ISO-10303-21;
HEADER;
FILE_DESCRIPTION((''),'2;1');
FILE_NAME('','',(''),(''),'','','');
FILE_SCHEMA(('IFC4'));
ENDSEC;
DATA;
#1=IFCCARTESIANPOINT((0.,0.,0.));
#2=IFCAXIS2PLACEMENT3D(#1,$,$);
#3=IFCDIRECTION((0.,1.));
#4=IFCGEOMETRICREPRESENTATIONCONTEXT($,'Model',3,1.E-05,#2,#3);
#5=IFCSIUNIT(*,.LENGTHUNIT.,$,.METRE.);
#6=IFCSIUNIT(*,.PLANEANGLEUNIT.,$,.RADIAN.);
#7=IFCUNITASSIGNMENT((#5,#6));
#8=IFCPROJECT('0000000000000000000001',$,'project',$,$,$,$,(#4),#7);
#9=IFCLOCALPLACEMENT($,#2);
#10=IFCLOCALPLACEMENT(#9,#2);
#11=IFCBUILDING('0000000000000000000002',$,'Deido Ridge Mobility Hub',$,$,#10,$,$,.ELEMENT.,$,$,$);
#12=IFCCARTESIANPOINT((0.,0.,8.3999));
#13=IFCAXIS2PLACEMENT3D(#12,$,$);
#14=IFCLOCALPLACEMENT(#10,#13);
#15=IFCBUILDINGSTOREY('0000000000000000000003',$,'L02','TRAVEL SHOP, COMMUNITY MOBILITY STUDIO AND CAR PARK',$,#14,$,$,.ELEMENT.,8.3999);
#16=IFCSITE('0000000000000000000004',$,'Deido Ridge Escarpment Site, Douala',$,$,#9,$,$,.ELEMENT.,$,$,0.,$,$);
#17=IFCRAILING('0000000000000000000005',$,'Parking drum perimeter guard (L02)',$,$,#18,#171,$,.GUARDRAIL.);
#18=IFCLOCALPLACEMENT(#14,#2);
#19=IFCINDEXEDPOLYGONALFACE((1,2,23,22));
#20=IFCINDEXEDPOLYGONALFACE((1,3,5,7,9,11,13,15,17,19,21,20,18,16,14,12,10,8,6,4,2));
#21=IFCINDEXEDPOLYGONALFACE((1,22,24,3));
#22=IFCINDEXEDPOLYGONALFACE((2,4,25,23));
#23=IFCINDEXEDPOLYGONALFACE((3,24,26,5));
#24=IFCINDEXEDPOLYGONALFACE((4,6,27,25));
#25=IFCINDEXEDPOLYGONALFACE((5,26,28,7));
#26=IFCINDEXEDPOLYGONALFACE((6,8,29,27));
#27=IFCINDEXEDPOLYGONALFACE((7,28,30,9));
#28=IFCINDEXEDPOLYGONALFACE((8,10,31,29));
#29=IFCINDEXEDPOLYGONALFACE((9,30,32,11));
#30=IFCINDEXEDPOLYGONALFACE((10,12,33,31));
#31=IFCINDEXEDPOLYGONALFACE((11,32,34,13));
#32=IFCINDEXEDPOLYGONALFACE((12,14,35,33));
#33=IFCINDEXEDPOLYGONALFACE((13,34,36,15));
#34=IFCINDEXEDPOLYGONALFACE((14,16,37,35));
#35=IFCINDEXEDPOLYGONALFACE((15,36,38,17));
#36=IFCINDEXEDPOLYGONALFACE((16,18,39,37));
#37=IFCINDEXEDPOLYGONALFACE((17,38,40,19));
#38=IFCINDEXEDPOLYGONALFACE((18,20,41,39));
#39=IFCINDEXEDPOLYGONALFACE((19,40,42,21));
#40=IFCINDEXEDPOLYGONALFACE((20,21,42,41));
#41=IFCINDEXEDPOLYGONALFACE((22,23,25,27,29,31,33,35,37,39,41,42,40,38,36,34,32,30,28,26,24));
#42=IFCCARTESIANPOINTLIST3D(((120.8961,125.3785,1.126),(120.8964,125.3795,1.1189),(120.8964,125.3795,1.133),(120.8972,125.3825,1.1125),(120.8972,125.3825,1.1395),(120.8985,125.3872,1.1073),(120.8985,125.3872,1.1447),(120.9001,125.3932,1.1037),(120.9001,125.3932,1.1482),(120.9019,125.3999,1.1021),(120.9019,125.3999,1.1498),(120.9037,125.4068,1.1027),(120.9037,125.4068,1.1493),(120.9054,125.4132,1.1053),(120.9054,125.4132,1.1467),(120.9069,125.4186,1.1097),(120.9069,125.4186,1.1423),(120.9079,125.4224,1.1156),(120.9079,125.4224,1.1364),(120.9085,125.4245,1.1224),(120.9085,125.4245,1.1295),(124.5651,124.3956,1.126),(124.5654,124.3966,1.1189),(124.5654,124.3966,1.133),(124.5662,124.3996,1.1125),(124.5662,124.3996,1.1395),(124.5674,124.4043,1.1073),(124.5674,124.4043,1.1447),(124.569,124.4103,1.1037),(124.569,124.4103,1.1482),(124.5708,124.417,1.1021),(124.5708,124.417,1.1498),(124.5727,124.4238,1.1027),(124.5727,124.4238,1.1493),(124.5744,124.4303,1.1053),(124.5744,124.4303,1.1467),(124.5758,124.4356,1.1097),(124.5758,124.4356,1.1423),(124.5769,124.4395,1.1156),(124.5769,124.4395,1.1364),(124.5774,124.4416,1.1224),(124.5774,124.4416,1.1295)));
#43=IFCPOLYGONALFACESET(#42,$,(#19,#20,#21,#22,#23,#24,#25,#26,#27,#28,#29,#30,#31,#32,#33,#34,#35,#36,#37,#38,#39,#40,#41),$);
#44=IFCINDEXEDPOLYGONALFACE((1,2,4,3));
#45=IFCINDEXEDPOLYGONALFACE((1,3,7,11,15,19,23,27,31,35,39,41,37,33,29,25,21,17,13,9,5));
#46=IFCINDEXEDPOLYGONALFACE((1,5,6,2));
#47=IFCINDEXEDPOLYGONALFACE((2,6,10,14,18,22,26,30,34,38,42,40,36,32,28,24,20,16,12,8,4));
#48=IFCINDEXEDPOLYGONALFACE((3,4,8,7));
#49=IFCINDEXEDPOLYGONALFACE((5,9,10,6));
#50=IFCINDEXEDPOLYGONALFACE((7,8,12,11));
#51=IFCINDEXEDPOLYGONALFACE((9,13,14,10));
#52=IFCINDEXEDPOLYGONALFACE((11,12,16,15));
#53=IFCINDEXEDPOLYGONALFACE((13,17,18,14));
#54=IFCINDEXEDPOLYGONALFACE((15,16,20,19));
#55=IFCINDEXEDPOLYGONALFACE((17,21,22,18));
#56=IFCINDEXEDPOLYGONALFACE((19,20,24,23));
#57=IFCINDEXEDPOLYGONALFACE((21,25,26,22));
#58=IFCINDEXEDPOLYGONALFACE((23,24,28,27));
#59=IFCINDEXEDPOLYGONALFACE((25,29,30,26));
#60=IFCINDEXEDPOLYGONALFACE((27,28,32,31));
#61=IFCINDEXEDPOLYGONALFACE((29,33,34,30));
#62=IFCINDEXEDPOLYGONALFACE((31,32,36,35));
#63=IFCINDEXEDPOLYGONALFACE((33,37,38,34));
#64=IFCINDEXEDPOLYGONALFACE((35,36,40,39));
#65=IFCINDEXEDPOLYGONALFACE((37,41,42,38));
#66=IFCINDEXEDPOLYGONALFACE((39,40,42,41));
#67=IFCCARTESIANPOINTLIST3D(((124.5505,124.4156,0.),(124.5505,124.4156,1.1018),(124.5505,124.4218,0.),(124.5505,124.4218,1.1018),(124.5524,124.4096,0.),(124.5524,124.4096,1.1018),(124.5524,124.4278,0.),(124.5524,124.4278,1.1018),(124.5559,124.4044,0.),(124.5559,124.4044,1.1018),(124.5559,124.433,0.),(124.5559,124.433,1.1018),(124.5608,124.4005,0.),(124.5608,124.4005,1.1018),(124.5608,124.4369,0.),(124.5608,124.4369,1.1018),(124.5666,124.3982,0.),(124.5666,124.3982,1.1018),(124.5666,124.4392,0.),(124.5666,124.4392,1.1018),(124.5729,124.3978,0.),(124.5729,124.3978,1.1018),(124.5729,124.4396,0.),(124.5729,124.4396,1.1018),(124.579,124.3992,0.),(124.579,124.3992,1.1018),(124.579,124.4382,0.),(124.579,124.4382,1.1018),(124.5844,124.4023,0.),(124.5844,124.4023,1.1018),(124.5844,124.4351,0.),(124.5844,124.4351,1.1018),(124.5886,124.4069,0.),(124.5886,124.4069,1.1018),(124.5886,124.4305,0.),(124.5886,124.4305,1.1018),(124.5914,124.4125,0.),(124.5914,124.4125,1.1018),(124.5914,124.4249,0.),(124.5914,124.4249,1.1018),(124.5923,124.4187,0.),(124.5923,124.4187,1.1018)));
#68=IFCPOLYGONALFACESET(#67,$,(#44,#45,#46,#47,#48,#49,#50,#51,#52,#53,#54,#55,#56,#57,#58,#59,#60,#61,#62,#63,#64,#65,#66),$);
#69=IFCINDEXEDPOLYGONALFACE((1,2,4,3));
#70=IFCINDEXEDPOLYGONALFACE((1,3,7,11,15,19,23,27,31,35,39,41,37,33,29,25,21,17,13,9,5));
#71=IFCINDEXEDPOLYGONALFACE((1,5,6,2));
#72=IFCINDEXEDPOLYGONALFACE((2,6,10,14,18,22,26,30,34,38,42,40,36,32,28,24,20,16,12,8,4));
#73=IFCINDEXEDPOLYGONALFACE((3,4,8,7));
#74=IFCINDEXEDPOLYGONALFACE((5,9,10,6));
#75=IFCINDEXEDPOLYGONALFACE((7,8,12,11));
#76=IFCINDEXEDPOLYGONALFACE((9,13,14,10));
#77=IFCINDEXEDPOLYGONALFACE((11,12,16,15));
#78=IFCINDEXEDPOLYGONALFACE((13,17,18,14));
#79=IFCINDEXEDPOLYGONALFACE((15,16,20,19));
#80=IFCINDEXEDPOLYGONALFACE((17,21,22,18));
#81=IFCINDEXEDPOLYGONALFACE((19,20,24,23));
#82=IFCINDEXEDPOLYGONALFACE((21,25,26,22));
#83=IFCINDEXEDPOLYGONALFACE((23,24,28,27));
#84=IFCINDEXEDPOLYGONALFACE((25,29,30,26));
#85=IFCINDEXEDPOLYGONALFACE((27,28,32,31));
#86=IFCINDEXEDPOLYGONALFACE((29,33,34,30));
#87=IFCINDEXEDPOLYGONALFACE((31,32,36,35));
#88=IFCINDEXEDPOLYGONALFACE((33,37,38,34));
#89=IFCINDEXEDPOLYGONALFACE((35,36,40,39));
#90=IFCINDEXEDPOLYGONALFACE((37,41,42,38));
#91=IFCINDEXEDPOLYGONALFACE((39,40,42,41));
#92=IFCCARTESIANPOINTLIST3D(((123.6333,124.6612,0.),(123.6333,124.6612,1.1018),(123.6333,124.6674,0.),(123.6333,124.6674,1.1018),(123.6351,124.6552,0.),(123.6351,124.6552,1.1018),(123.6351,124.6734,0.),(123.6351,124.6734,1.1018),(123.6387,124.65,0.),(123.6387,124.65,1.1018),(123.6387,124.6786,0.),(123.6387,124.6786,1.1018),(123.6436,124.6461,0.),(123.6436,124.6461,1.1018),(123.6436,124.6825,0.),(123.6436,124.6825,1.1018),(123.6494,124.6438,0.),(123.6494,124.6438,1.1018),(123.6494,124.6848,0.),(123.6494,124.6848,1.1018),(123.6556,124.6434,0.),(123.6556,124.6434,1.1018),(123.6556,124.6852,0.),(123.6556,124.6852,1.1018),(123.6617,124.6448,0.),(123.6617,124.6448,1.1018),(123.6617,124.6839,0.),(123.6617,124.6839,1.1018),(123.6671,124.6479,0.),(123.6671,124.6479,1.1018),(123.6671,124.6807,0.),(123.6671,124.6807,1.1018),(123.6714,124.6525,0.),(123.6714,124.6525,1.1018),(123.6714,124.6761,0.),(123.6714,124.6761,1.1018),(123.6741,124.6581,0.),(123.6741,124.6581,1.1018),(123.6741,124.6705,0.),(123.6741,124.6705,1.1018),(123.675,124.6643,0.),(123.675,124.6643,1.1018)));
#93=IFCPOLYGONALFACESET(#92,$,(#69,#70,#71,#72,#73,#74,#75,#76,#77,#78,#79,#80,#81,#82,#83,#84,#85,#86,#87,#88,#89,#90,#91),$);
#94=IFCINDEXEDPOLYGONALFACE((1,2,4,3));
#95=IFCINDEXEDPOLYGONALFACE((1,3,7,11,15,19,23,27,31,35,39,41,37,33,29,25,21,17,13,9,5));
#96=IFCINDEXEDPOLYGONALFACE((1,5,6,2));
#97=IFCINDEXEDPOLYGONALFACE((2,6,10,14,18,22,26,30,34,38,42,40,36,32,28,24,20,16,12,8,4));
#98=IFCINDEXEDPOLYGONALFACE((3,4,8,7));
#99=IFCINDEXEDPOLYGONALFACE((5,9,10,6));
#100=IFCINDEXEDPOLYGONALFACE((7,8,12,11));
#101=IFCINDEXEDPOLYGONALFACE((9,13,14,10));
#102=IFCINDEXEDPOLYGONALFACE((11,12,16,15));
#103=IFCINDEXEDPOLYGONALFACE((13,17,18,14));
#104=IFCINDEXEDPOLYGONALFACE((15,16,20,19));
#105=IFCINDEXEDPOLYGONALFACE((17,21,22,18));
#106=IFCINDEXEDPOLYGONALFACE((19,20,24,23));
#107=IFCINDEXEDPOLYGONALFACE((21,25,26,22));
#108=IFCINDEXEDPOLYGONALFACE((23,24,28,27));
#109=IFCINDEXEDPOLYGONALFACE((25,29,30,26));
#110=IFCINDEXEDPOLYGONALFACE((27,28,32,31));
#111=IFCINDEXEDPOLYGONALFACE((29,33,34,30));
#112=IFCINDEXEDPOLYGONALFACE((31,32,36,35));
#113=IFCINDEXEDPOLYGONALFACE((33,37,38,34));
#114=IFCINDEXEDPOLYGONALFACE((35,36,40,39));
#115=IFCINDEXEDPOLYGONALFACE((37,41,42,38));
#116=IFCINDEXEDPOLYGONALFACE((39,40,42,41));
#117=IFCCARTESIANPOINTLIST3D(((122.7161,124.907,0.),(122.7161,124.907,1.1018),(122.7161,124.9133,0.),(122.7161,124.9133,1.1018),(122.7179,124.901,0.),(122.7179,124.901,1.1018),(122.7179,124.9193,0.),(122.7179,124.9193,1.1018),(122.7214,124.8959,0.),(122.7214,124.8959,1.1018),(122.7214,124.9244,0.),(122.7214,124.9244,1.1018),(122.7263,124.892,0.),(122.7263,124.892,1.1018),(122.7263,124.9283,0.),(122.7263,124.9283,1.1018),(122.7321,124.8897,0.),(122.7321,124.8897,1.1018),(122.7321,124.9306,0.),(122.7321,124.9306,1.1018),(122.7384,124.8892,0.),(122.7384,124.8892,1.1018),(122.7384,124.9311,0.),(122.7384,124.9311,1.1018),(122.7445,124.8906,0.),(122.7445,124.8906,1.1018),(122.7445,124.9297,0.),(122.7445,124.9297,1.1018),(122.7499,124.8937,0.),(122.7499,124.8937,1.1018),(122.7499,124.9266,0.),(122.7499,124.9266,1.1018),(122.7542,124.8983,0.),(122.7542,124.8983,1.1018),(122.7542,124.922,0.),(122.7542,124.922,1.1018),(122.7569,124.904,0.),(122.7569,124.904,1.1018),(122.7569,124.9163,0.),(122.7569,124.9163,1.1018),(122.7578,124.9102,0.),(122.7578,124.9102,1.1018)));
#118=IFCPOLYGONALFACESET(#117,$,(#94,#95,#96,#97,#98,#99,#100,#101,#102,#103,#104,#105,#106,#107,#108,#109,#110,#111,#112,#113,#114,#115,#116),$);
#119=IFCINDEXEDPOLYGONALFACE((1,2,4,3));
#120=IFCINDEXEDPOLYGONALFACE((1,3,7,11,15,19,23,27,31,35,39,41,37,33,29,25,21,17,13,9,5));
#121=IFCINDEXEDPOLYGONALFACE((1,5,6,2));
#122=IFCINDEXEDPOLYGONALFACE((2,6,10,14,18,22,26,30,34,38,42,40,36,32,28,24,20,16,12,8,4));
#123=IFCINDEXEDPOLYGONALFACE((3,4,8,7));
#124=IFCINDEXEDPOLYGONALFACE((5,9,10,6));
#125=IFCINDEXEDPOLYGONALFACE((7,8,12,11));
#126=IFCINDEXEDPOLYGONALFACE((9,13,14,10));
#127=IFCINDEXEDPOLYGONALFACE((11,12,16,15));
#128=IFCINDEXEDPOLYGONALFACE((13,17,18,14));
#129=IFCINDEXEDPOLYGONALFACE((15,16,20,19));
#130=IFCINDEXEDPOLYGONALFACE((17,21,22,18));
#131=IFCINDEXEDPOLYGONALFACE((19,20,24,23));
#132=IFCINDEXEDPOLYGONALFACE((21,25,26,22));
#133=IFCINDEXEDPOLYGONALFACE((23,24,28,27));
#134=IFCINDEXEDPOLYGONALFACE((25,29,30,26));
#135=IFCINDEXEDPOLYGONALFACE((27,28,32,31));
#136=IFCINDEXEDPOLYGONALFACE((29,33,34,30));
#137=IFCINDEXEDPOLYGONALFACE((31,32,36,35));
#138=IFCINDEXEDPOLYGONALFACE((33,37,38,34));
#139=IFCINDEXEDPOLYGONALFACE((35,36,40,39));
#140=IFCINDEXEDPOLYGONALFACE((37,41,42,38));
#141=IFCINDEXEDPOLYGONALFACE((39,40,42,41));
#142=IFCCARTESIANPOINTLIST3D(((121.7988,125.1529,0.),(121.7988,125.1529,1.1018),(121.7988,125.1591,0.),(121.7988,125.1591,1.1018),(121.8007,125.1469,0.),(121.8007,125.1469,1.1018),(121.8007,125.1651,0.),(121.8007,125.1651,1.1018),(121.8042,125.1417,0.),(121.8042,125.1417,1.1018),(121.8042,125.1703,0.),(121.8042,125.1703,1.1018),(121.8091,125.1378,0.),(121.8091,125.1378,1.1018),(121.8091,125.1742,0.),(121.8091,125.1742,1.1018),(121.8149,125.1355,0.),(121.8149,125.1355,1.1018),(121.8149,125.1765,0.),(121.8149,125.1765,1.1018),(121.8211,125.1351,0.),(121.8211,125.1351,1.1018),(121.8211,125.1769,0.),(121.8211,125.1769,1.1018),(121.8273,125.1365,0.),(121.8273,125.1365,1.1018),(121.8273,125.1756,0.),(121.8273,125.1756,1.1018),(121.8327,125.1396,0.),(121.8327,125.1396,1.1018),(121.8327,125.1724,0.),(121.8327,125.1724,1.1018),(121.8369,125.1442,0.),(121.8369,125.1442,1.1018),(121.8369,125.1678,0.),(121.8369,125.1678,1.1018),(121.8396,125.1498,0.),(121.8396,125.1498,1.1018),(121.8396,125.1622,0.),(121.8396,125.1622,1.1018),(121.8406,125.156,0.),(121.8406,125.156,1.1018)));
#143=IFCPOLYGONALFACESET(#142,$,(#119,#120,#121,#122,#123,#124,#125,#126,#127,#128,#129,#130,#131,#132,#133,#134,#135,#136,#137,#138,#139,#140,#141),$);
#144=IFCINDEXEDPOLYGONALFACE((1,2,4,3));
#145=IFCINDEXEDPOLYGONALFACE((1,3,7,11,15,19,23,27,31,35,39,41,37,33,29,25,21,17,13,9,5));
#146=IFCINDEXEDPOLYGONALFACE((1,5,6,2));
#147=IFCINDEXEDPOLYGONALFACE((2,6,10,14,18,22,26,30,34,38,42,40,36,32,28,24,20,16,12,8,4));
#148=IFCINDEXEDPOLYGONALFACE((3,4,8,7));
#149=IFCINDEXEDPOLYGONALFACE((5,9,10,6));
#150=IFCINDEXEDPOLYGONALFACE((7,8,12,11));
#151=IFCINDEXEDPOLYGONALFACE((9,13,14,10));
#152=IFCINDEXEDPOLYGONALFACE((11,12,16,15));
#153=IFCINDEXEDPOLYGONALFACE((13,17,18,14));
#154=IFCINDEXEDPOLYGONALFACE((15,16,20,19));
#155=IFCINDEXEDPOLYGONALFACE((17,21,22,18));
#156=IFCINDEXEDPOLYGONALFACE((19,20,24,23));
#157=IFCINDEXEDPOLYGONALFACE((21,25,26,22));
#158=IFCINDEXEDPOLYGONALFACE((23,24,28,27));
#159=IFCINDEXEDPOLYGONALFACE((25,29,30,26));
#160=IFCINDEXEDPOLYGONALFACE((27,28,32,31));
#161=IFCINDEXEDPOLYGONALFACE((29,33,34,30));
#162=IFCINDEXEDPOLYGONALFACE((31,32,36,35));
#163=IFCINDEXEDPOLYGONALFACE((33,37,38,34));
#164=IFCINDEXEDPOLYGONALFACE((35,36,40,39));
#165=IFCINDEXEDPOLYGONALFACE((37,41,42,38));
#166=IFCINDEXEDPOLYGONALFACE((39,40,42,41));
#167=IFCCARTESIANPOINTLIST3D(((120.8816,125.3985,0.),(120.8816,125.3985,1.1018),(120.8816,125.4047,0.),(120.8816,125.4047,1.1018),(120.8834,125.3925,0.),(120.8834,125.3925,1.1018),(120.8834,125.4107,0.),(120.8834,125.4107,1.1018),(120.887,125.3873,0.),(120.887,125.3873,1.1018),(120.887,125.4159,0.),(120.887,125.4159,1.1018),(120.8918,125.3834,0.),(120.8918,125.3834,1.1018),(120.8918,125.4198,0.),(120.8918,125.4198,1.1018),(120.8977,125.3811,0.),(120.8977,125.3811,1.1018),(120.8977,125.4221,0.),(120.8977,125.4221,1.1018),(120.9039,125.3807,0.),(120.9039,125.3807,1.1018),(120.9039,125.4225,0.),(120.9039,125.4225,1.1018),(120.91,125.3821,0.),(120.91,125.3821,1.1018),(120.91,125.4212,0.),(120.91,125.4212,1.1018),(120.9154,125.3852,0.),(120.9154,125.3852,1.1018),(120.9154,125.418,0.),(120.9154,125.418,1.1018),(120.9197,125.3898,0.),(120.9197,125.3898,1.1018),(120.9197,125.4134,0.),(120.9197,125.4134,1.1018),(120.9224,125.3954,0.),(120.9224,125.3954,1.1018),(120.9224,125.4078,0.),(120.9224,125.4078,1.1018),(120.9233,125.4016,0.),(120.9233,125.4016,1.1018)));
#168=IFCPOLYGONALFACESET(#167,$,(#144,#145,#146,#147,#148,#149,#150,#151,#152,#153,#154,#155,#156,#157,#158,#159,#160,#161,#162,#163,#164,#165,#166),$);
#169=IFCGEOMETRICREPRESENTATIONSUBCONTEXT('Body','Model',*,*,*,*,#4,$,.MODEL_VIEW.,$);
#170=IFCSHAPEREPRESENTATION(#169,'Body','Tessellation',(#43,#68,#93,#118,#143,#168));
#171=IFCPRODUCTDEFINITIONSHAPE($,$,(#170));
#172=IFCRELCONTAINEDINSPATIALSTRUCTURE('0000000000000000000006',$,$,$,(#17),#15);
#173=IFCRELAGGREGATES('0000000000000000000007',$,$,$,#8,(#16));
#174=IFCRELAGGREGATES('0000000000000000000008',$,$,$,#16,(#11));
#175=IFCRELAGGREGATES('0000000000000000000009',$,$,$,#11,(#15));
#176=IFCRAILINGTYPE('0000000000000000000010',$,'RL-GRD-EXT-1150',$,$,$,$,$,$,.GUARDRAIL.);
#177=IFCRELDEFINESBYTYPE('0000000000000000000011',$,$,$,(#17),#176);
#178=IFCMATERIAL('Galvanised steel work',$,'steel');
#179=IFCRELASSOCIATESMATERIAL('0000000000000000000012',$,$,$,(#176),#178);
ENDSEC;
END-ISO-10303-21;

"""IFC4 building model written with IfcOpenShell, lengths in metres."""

from ifc_helpers import new_model, si_unit, direction, frame, origin, origin_2d, place, context, subcontext, project, spatial, circle, extrude, material, type_object, element, save


model = new_model("IFC4")

# Units and contexts
model_context = context("Model", 3, precision=1e-05, world=origin(), true_north=direction((0.0, 1.0)))
body_context = subcontext(model_context, "Body", "Model", "MODEL_VIEW")
ifc_project = project(units=[si_unit("LENGTHUNIT", "METRE"), si_unit("PLANEANGLEUNIT", "RADIAN")], contexts=[model_context])

# Site, building, storey
site_placement = place(None, origin())
site = spatial("IfcSite", under=ifc_project, at=site_placement, Name="Deido Ridge Escarpment Site, Douala", CompositionType="ELEMENT", RefElevation=0.0)
building_placement = place(site_placement, origin())
building = spatial("IfcBuilding", under=site, at=building_placement, Name="Deido Ridge Mobility Hub", CompositionType="ELEMENT")
storey_placement = place(building_placement, frame((0.0, 0.0, 8.3999)))
storey = spatial("IfcBuildingStorey", under=building, at=storey_placement, Name="L02", Description="TRAVEL SHOP, COMMUNITY MOBILITY STUDIO AND CAR PARK", CompositionType="ELEMENT", Elevation=8.3999)

# Railing
ifc_material_1 = material(Name="Galvanised steel work", Category="steel")
railing_type = type_object("IfcRailingType", Name="RL-GRD-EXT-1150", PredefinedType="GUARDRAIL", material=ifc_material_1)
railing_1_placement = place(storey_placement, frame((124.5713, 124.4187, 0.0)))
element("IfcRailing", 1, at=railing_1_placement, inside=storey, type_object=railing_type, Name="Parking drum perimeter guard (L02)", PredefinedType="GUARDRAIL", context=body_context, shape_type="SweptSolid", body=[
    extrude(circle(Radius=0.0239, at=origin_2d()), frame((0.0, 0.0, 1.126), z_axis=(-0.965938, 0.258775, 0.0), x_axis=(-0.258775, -0.965938, 0.0)), (0.0, 0.0, 1.0), 3.7983),
    extrude(circle(Radius=0.021, at=origin_2d()), origin(), (0.0, 0.0, 1.0), 1.1018),
    extrude(circle(Radius=0.021, at=origin_2d()), frame((-0.9172, 0.2456, 0.0)), (0.0, 0.0, 1.0), 1.1018),
    extrude(circle(Radius=0.021, at=origin_2d()), frame((-1.8345, 0.4915, 0.0)), (0.0, 0.0, 1.0), 1.1018),
    extrude(circle(Radius=0.021, at=origin_2d()), frame((-2.7517, 0.7373, 0.0)), (0.0, 0.0, 1.0), 1.1018),
    extrude(circle(Radius=0.021, at=origin_2d()), frame((-3.6689, 0.9829, 0.0)), (0.0, 0.0, 1.0), 1.1018),
])

save(model, "model.ifc")
